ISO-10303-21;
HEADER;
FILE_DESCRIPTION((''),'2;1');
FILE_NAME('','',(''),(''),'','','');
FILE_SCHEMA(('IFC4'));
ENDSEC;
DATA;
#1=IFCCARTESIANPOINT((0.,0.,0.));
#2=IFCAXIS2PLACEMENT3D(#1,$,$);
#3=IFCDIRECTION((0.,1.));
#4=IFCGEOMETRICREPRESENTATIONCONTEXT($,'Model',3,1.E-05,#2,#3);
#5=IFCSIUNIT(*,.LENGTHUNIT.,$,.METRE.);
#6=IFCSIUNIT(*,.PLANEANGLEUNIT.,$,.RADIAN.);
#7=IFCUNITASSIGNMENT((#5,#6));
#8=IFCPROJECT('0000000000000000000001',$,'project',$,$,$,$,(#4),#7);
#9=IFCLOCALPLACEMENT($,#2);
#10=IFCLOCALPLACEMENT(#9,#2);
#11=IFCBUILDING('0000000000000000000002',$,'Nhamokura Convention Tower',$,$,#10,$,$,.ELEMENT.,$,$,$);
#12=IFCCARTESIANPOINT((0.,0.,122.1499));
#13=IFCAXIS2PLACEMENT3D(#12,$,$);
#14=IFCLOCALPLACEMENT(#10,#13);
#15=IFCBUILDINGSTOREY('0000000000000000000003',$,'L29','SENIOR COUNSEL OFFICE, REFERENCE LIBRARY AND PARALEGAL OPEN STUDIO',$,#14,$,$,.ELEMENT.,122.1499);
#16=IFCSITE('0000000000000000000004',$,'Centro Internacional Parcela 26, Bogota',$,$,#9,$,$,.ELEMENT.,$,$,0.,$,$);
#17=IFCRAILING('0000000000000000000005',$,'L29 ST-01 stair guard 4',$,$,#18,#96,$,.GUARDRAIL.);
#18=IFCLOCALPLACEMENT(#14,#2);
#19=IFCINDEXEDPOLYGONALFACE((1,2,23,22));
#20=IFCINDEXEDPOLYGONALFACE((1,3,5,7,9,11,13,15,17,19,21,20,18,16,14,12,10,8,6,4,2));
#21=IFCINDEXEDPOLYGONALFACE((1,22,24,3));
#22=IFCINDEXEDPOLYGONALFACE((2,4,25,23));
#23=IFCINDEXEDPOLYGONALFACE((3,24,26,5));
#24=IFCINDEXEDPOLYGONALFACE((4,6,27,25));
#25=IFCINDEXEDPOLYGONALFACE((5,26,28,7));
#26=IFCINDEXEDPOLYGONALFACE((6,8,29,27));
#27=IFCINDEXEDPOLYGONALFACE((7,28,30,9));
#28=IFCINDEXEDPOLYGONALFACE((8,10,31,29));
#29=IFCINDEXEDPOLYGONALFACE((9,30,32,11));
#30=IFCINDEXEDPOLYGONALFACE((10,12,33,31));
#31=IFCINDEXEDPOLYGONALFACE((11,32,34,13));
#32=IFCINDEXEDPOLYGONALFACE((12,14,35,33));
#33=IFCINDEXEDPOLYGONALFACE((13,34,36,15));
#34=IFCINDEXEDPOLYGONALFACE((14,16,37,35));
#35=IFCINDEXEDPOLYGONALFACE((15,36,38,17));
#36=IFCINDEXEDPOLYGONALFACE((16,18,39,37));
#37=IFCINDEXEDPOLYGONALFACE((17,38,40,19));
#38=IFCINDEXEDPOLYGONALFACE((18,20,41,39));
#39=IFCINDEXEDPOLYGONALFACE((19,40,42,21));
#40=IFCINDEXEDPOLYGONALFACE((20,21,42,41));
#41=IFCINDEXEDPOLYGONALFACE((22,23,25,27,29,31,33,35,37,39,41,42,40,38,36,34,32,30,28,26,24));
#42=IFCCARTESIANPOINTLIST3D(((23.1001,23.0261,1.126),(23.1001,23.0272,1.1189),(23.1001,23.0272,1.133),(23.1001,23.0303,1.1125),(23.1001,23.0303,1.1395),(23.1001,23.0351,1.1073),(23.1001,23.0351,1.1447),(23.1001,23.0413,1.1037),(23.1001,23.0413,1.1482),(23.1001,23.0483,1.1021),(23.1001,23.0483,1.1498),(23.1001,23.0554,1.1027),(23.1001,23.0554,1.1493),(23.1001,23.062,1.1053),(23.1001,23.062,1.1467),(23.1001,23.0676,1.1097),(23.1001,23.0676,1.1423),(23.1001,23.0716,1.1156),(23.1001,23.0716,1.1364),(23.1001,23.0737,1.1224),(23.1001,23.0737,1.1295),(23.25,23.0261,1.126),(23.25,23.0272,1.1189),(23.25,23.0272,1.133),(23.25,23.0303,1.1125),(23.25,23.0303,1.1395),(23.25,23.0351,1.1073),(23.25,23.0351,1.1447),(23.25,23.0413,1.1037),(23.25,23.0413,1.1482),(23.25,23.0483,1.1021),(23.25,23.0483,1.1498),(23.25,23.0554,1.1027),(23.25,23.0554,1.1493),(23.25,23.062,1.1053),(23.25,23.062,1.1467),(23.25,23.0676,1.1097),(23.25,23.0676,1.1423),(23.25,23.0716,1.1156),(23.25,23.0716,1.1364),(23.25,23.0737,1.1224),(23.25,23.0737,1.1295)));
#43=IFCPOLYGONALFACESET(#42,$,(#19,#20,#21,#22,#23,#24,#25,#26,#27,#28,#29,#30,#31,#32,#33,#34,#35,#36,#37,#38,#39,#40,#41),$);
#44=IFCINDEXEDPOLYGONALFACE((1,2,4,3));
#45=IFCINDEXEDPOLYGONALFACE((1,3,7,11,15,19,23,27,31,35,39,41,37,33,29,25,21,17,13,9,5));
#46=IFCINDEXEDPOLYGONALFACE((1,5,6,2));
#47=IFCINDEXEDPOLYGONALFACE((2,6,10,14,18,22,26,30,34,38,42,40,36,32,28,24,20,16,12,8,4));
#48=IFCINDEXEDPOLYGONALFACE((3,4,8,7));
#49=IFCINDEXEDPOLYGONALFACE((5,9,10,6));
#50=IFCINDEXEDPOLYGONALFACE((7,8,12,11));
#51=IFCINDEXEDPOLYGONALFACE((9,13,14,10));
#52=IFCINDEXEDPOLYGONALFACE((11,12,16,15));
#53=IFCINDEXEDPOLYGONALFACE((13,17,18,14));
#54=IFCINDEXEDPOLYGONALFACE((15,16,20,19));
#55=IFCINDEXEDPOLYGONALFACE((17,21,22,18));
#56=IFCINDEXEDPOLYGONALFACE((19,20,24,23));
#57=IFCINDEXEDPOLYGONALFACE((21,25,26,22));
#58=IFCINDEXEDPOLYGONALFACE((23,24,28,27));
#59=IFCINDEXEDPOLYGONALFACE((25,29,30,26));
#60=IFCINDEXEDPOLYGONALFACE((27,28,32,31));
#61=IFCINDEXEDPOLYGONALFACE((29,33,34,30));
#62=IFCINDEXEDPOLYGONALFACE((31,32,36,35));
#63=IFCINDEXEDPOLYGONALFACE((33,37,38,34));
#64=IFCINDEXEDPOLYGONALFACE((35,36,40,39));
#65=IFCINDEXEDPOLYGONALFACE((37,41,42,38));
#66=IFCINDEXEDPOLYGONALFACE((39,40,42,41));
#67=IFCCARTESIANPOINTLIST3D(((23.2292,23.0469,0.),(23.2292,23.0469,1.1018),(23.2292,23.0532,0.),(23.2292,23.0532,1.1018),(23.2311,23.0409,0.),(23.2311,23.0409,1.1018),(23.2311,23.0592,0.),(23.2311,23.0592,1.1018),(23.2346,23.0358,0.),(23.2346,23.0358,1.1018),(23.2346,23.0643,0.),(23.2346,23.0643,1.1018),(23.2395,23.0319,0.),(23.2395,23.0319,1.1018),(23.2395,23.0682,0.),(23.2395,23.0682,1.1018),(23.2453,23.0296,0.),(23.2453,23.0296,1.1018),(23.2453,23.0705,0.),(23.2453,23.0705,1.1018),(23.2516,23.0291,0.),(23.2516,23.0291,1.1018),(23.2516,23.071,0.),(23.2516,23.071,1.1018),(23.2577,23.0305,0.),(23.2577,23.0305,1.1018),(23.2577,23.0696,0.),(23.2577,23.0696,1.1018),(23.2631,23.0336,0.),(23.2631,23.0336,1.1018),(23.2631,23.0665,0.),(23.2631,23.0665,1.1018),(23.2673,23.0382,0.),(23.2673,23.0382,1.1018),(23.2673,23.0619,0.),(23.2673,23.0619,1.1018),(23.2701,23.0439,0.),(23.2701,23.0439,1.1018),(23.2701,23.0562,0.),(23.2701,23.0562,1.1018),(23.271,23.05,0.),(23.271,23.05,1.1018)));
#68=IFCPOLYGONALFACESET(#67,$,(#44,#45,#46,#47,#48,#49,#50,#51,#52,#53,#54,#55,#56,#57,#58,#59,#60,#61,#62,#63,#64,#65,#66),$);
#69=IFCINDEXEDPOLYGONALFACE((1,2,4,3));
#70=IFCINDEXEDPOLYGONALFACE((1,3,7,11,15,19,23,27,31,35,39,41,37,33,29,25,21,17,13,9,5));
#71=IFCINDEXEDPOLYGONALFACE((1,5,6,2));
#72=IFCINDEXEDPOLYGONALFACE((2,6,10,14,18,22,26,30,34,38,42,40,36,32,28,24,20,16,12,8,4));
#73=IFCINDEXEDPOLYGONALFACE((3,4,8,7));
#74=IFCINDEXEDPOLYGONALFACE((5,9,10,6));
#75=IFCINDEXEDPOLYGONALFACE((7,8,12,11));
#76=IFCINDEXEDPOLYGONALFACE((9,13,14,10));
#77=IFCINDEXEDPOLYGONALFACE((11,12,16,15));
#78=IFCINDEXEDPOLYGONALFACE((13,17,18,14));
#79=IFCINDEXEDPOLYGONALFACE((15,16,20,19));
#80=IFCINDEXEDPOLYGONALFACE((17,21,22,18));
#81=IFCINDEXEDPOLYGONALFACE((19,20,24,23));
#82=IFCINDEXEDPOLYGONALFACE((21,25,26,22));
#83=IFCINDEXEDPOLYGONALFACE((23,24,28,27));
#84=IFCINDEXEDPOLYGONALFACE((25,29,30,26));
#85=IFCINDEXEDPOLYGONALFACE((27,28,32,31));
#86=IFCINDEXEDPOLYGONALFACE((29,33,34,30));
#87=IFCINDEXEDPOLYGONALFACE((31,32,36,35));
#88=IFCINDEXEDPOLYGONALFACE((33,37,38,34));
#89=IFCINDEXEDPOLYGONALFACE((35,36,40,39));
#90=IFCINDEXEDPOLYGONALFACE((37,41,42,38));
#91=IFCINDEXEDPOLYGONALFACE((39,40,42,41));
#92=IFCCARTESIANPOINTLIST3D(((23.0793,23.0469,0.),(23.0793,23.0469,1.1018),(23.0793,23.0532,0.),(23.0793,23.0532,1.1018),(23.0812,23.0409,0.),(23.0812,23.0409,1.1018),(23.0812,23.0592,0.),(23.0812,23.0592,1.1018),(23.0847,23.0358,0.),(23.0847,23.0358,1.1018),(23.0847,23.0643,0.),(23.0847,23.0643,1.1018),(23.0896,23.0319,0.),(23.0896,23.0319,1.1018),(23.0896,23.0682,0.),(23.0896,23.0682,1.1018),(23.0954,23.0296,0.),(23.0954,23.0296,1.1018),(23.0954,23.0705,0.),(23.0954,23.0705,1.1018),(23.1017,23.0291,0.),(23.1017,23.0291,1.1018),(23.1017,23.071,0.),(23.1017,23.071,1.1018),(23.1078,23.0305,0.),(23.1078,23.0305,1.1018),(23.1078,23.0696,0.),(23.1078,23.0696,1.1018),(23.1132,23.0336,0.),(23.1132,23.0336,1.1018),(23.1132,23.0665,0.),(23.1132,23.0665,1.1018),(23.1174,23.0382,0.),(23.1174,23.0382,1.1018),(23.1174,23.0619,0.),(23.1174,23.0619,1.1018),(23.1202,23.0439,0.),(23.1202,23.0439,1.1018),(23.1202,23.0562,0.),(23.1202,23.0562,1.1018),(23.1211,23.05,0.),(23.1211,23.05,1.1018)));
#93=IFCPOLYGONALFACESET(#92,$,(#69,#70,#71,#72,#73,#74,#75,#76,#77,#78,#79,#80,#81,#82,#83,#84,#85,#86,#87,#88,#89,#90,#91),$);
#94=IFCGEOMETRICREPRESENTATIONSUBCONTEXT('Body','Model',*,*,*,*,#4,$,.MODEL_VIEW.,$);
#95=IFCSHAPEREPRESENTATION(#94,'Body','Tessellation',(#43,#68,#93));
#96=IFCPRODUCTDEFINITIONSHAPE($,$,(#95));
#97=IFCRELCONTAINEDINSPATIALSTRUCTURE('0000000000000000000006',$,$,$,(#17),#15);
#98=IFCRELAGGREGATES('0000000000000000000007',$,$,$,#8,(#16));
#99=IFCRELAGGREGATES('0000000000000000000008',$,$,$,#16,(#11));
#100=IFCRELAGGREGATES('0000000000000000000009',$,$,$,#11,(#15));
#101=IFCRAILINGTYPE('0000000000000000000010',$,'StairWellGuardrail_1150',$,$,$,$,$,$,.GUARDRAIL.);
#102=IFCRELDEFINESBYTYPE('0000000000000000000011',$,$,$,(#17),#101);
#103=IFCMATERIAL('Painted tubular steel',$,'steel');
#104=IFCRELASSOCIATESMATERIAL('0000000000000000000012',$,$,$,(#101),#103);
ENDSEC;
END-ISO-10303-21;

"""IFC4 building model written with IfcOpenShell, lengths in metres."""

from ifc_helpers import new_model, si_unit, direction, frame, origin, origin_2d, place, context, subcontext, project, spatial, circle, extrude, material, type_object, element, save


model = new_model("IFC4")

# Units and contexts
model_context = context("Model", 3, precision=1e-05, world=origin(), true_north=direction((0.0, 1.0)))
body_context = subcontext(model_context, "Body", "Model", "MODEL_VIEW")
ifc_project = project(units=[si_unit("LENGTHUNIT", "METRE"), si_unit("PLANEANGLEUNIT", "RADIAN")], contexts=[model_context])

# Site, building, storey
site_placement = place(None, origin())
site = spatial("IfcSite", under=ifc_project, at=site_placement, Name="Centro Internacional Parcela 26, Bogota", CompositionType="ELEMENT", RefElevation=0.0)
building_placement = place(site_placement, origin())
building = spatial("IfcBuilding", under=site, at=building_placement, Name="Nhamokura Convention Tower", CompositionType="ELEMENT")
storey_placement = place(building_placement, frame((0.0, 0.0, 122.1499)))
storey = spatial("IfcBuildingStorey", under=building, at=storey_placement, Name="L29", Description="SENIOR COUNSEL OFFICE, REFERENCE LIBRARY AND PARALEGAL OPEN STUDIO", CompositionType="ELEMENT", Elevation=122.1499)

# Railing
ifc_material_1 = material(Name="Painted tubular steel", Category="steel")
railing_type_1 = type_object("IfcRailingType", Name="StairWellGuardrail_1150", PredefinedType="GUARDRAIL", material=ifc_material_1)
railing_1_placement = place(storey_placement, frame((23.25, 23.05, 0.0)))
element("IfcRailing", 1, at=railing_1_placement, inside=storey, type_object=railing_type_1, Name="L29 ST-01 stair guard 4", PredefinedType="GUARDRAIL", context=body_context, shape_type="SweptSolid", body=[
    extrude(circle(Radius=0.0239, at=origin_2d()), frame((0.0, 0.0, 1.126), z_axis=(-1.0, 0.0, 0.0), x_axis=(0.0, -1.0, 0.0)), (0.0, 0.0, 1.0), 0.1499),
    extrude(circle(Radius=0.021, at=origin_2d()), origin(), (0.0, 0.0, 1.0), 1.1018),
    extrude(circle(Radius=0.021, at=origin_2d()), frame((-0.1499, 0.0, 0.0)), (0.0, 0.0, 1.0), 1.1018),
])

save(model, "model.ifc")
